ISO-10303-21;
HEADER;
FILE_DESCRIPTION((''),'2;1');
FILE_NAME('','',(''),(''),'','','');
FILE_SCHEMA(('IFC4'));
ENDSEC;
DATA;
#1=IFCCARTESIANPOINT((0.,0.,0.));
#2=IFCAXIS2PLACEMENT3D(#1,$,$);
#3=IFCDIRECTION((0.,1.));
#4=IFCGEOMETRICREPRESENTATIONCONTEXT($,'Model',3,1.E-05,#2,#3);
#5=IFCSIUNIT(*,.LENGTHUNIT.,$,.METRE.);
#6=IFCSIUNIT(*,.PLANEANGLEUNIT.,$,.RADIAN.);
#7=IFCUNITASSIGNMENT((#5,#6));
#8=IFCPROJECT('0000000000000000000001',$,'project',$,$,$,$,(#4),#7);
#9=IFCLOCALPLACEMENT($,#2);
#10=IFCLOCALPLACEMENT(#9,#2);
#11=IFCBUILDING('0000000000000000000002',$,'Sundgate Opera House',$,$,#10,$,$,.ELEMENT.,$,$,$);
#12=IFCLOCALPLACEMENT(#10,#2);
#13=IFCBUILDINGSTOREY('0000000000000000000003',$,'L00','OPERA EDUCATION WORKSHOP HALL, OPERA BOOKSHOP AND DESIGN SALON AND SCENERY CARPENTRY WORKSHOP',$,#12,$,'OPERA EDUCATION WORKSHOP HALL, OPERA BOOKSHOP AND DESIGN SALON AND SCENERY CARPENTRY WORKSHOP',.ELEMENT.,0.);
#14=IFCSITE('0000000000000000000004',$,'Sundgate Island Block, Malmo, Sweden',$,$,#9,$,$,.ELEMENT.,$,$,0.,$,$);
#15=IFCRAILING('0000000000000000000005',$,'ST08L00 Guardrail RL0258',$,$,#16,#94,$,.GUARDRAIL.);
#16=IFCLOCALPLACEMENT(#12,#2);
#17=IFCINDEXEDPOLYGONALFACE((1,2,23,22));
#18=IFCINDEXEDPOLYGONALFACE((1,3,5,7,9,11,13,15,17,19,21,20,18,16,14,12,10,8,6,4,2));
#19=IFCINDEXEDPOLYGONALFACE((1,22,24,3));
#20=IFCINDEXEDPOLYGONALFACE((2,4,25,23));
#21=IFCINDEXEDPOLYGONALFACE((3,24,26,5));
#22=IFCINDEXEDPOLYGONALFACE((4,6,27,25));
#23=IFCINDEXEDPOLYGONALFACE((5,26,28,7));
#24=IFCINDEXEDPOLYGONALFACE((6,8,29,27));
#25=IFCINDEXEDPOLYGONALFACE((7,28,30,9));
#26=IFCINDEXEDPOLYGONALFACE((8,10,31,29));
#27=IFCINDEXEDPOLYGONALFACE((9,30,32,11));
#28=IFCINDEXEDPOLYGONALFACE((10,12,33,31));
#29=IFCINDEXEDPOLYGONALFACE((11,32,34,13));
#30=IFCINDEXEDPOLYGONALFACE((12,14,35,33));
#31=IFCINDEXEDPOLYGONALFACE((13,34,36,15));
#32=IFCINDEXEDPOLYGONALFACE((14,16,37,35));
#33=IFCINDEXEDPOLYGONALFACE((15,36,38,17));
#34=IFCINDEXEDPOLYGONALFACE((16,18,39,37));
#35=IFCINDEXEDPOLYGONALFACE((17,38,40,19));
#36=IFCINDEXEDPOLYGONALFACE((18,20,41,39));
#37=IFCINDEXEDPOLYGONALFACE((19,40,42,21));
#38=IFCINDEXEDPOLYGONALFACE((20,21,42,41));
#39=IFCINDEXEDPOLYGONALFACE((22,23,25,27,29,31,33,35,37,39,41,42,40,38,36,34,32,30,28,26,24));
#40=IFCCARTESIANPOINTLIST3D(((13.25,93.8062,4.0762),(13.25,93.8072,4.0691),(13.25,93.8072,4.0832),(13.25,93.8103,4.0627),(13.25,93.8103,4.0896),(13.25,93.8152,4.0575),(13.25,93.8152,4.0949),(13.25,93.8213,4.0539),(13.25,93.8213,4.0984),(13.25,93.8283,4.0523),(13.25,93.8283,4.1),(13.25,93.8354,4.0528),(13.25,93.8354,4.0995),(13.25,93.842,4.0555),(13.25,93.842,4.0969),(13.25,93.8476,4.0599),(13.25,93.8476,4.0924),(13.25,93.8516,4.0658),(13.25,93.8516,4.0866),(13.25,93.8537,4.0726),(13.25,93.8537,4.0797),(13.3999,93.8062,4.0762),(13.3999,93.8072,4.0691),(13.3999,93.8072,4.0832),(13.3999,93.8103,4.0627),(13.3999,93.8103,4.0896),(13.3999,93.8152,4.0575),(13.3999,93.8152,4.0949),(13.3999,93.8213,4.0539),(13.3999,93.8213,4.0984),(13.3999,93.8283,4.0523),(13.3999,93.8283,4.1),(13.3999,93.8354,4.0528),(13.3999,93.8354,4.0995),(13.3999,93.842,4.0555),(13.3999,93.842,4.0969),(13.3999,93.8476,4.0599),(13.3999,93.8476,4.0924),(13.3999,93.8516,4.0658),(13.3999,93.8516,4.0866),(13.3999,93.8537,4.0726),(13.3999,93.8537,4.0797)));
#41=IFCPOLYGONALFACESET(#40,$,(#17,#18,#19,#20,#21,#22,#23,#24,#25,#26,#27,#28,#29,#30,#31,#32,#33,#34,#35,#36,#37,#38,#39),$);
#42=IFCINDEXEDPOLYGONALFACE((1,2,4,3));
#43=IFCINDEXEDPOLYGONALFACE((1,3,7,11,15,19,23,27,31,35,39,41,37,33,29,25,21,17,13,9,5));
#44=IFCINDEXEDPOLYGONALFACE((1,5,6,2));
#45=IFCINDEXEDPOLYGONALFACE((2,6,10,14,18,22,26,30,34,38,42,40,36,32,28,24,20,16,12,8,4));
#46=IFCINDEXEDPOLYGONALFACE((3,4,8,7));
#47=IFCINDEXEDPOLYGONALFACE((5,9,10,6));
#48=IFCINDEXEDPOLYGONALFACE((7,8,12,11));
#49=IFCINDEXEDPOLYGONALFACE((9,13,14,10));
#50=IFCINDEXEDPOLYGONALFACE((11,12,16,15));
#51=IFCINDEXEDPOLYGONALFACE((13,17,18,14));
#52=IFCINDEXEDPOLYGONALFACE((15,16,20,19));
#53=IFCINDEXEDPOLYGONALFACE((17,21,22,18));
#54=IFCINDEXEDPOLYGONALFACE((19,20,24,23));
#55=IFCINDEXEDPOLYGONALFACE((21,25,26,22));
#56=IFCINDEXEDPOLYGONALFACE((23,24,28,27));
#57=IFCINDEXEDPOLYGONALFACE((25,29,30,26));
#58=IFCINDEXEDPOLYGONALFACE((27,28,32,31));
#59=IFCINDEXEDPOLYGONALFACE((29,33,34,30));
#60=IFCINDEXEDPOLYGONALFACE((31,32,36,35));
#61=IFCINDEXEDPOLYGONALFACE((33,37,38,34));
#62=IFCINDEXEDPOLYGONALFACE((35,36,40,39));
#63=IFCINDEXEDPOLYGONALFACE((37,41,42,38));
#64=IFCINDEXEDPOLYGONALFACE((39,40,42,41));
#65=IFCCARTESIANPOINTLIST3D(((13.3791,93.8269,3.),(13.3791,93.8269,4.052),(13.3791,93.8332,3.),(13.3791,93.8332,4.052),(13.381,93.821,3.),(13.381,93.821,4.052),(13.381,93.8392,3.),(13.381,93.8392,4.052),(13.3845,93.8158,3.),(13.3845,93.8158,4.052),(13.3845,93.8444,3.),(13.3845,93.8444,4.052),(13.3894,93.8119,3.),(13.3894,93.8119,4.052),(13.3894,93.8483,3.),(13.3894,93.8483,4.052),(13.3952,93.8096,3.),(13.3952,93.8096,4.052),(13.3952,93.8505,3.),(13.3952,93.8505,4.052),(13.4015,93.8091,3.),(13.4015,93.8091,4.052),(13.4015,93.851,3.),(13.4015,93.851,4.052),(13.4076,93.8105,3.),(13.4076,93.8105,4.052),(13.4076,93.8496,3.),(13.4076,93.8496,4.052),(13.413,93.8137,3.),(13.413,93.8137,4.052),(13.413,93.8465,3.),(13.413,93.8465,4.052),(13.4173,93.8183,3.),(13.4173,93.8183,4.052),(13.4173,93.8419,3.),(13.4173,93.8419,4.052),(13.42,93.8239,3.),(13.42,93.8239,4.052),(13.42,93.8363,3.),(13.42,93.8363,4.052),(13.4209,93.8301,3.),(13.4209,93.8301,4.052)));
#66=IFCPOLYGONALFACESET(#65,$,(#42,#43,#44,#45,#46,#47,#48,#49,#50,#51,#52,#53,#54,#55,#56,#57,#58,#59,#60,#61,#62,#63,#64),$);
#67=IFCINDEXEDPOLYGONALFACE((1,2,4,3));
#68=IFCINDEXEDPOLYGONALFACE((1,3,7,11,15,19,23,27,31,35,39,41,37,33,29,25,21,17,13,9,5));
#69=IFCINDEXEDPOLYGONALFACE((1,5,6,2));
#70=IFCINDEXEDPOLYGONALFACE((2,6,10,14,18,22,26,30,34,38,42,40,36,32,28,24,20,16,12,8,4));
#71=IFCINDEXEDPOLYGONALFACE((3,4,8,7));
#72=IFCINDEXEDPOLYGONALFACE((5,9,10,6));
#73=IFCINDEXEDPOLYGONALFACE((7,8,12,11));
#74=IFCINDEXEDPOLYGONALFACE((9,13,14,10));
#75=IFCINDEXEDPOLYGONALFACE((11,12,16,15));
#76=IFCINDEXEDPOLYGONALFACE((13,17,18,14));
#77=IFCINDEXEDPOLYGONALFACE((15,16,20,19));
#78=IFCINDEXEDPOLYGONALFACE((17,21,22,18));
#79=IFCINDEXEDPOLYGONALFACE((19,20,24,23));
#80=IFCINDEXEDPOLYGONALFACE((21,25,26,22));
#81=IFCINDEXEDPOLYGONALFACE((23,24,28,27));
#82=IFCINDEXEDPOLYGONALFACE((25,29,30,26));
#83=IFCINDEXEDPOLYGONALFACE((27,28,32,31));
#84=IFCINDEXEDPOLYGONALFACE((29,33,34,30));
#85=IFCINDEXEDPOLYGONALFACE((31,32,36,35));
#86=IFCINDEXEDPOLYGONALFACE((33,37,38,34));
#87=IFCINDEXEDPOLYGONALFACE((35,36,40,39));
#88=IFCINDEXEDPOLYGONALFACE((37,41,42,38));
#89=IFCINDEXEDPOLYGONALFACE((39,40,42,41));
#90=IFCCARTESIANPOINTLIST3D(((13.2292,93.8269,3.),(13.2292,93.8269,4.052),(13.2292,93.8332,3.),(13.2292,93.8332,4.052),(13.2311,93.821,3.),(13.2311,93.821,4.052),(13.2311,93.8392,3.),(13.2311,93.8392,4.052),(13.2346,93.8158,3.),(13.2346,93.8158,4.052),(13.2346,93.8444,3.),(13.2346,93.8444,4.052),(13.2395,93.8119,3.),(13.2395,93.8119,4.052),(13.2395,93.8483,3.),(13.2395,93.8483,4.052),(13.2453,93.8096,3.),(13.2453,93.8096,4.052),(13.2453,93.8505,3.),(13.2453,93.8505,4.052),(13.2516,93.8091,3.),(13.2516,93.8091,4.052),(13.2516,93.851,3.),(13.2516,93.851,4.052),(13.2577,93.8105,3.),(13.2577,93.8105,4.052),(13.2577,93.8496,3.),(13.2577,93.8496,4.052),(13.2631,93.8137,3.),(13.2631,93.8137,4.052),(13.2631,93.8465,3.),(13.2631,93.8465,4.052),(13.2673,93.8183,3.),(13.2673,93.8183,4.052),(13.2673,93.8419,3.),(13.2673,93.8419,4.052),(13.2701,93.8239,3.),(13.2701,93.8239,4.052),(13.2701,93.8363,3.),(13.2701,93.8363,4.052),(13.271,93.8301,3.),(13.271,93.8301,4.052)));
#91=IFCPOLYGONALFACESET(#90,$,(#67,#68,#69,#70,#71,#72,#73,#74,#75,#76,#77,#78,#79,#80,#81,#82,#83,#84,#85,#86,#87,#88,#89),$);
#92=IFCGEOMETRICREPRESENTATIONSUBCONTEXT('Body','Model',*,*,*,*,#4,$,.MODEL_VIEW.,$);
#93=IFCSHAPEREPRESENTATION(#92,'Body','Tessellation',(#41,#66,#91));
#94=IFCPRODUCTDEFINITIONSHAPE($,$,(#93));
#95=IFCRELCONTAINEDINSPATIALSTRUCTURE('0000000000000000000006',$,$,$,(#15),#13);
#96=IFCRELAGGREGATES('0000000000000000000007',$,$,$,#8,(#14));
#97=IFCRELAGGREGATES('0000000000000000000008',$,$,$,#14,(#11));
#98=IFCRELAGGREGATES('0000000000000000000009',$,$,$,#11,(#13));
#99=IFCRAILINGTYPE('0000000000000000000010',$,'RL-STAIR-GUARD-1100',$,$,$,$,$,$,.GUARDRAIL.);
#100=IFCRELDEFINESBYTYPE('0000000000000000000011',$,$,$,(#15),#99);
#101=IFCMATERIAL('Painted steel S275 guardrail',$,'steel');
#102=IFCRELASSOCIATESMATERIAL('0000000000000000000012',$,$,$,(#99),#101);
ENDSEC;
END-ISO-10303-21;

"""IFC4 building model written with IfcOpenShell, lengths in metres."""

from ifc_helpers import new_model, si_unit, direction, frame, origin, origin_2d, place, context, subcontext, project, spatial, circle, extrude, material, type_object, element, save


model = new_model("IFC4")

# Units and contexts
model_context = context("Model", 3, precision=1e-05, world=origin(), true_north=direction((0.0, 1.0)))
body_context = subcontext(model_context, "Body", "Model", "MODEL_VIEW")
ifc_project = project(units=[si_unit("LENGTHUNIT", "METRE"), si_unit("PLANEANGLEUNIT", "RADIAN")], contexts=[model_context])

# Site, building, storey
site_placement = place(None, origin())
site = spatial("IfcSite", under=ifc_project, at=site_placement, Name="Sundgate Island Block, Malmo, Sweden", CompositionType="ELEMENT", RefElevation=0.0)
building_placement = place(site_placement, origin())
building = spatial("IfcBuilding", under=site, at=building_placement, Name="Sundgate Opera House", CompositionType="ELEMENT")
storey_placement = place(building_placement, origin())
storey = spatial("IfcBuildingStorey", under=building, at=storey_placement, Name="L00", Description="OPERA EDUCATION WORKSHOP HALL, OPERA BOOKSHOP AND DESIGN SALON AND SCENERY CARPENTRY WORKSHOP", LongName="OPERA EDUCATION WORKSHOP HALL, OPERA BOOKSHOP AND DESIGN SALON AND SCENERY CARPENTRY WORKSHOP", CompositionType="ELEMENT", Elevation=0.0)

# Railing
ifc_material_1 = material(Name="Painted steel S275 guardrail", Category="steel")
railing_type_1 = type_object("IfcRailingType", Name="RL-STAIR-GUARD-1100", PredefinedType="GUARDRAIL", material=ifc_material_1)
railing_1_placement = place(storey_placement, frame((13.3999, 93.8301, 3.0)))
element("IfcRailing", 1, at=railing_1_placement, inside=storey, type_object=railing_type_1, Name="ST08L00 Guardrail RL0258", PredefinedType="GUARDRAIL", context=body_context, shape_type="SweptSolid", body=[
    extrude(circle(Radius=0.0239, at=origin_2d()), frame((0.0, 0.0, 1.0762), z_axis=(-1.0, 0.0, 0.0), x_axis=(0.0, -1.0, 0.0)), (0.0, 0.0, 1.0), 0.1499),
    extrude(circle(Radius=0.021, at=origin_2d()), origin(), (0.0, 0.0, 1.0), 1.052),
    extrude(circle(Radius=0.021, at=origin_2d()), frame((-0.1499, 0.0, 0.0)), (0.0, 0.0, 1.0), 1.052),
])

save(model, "model.ifc")
